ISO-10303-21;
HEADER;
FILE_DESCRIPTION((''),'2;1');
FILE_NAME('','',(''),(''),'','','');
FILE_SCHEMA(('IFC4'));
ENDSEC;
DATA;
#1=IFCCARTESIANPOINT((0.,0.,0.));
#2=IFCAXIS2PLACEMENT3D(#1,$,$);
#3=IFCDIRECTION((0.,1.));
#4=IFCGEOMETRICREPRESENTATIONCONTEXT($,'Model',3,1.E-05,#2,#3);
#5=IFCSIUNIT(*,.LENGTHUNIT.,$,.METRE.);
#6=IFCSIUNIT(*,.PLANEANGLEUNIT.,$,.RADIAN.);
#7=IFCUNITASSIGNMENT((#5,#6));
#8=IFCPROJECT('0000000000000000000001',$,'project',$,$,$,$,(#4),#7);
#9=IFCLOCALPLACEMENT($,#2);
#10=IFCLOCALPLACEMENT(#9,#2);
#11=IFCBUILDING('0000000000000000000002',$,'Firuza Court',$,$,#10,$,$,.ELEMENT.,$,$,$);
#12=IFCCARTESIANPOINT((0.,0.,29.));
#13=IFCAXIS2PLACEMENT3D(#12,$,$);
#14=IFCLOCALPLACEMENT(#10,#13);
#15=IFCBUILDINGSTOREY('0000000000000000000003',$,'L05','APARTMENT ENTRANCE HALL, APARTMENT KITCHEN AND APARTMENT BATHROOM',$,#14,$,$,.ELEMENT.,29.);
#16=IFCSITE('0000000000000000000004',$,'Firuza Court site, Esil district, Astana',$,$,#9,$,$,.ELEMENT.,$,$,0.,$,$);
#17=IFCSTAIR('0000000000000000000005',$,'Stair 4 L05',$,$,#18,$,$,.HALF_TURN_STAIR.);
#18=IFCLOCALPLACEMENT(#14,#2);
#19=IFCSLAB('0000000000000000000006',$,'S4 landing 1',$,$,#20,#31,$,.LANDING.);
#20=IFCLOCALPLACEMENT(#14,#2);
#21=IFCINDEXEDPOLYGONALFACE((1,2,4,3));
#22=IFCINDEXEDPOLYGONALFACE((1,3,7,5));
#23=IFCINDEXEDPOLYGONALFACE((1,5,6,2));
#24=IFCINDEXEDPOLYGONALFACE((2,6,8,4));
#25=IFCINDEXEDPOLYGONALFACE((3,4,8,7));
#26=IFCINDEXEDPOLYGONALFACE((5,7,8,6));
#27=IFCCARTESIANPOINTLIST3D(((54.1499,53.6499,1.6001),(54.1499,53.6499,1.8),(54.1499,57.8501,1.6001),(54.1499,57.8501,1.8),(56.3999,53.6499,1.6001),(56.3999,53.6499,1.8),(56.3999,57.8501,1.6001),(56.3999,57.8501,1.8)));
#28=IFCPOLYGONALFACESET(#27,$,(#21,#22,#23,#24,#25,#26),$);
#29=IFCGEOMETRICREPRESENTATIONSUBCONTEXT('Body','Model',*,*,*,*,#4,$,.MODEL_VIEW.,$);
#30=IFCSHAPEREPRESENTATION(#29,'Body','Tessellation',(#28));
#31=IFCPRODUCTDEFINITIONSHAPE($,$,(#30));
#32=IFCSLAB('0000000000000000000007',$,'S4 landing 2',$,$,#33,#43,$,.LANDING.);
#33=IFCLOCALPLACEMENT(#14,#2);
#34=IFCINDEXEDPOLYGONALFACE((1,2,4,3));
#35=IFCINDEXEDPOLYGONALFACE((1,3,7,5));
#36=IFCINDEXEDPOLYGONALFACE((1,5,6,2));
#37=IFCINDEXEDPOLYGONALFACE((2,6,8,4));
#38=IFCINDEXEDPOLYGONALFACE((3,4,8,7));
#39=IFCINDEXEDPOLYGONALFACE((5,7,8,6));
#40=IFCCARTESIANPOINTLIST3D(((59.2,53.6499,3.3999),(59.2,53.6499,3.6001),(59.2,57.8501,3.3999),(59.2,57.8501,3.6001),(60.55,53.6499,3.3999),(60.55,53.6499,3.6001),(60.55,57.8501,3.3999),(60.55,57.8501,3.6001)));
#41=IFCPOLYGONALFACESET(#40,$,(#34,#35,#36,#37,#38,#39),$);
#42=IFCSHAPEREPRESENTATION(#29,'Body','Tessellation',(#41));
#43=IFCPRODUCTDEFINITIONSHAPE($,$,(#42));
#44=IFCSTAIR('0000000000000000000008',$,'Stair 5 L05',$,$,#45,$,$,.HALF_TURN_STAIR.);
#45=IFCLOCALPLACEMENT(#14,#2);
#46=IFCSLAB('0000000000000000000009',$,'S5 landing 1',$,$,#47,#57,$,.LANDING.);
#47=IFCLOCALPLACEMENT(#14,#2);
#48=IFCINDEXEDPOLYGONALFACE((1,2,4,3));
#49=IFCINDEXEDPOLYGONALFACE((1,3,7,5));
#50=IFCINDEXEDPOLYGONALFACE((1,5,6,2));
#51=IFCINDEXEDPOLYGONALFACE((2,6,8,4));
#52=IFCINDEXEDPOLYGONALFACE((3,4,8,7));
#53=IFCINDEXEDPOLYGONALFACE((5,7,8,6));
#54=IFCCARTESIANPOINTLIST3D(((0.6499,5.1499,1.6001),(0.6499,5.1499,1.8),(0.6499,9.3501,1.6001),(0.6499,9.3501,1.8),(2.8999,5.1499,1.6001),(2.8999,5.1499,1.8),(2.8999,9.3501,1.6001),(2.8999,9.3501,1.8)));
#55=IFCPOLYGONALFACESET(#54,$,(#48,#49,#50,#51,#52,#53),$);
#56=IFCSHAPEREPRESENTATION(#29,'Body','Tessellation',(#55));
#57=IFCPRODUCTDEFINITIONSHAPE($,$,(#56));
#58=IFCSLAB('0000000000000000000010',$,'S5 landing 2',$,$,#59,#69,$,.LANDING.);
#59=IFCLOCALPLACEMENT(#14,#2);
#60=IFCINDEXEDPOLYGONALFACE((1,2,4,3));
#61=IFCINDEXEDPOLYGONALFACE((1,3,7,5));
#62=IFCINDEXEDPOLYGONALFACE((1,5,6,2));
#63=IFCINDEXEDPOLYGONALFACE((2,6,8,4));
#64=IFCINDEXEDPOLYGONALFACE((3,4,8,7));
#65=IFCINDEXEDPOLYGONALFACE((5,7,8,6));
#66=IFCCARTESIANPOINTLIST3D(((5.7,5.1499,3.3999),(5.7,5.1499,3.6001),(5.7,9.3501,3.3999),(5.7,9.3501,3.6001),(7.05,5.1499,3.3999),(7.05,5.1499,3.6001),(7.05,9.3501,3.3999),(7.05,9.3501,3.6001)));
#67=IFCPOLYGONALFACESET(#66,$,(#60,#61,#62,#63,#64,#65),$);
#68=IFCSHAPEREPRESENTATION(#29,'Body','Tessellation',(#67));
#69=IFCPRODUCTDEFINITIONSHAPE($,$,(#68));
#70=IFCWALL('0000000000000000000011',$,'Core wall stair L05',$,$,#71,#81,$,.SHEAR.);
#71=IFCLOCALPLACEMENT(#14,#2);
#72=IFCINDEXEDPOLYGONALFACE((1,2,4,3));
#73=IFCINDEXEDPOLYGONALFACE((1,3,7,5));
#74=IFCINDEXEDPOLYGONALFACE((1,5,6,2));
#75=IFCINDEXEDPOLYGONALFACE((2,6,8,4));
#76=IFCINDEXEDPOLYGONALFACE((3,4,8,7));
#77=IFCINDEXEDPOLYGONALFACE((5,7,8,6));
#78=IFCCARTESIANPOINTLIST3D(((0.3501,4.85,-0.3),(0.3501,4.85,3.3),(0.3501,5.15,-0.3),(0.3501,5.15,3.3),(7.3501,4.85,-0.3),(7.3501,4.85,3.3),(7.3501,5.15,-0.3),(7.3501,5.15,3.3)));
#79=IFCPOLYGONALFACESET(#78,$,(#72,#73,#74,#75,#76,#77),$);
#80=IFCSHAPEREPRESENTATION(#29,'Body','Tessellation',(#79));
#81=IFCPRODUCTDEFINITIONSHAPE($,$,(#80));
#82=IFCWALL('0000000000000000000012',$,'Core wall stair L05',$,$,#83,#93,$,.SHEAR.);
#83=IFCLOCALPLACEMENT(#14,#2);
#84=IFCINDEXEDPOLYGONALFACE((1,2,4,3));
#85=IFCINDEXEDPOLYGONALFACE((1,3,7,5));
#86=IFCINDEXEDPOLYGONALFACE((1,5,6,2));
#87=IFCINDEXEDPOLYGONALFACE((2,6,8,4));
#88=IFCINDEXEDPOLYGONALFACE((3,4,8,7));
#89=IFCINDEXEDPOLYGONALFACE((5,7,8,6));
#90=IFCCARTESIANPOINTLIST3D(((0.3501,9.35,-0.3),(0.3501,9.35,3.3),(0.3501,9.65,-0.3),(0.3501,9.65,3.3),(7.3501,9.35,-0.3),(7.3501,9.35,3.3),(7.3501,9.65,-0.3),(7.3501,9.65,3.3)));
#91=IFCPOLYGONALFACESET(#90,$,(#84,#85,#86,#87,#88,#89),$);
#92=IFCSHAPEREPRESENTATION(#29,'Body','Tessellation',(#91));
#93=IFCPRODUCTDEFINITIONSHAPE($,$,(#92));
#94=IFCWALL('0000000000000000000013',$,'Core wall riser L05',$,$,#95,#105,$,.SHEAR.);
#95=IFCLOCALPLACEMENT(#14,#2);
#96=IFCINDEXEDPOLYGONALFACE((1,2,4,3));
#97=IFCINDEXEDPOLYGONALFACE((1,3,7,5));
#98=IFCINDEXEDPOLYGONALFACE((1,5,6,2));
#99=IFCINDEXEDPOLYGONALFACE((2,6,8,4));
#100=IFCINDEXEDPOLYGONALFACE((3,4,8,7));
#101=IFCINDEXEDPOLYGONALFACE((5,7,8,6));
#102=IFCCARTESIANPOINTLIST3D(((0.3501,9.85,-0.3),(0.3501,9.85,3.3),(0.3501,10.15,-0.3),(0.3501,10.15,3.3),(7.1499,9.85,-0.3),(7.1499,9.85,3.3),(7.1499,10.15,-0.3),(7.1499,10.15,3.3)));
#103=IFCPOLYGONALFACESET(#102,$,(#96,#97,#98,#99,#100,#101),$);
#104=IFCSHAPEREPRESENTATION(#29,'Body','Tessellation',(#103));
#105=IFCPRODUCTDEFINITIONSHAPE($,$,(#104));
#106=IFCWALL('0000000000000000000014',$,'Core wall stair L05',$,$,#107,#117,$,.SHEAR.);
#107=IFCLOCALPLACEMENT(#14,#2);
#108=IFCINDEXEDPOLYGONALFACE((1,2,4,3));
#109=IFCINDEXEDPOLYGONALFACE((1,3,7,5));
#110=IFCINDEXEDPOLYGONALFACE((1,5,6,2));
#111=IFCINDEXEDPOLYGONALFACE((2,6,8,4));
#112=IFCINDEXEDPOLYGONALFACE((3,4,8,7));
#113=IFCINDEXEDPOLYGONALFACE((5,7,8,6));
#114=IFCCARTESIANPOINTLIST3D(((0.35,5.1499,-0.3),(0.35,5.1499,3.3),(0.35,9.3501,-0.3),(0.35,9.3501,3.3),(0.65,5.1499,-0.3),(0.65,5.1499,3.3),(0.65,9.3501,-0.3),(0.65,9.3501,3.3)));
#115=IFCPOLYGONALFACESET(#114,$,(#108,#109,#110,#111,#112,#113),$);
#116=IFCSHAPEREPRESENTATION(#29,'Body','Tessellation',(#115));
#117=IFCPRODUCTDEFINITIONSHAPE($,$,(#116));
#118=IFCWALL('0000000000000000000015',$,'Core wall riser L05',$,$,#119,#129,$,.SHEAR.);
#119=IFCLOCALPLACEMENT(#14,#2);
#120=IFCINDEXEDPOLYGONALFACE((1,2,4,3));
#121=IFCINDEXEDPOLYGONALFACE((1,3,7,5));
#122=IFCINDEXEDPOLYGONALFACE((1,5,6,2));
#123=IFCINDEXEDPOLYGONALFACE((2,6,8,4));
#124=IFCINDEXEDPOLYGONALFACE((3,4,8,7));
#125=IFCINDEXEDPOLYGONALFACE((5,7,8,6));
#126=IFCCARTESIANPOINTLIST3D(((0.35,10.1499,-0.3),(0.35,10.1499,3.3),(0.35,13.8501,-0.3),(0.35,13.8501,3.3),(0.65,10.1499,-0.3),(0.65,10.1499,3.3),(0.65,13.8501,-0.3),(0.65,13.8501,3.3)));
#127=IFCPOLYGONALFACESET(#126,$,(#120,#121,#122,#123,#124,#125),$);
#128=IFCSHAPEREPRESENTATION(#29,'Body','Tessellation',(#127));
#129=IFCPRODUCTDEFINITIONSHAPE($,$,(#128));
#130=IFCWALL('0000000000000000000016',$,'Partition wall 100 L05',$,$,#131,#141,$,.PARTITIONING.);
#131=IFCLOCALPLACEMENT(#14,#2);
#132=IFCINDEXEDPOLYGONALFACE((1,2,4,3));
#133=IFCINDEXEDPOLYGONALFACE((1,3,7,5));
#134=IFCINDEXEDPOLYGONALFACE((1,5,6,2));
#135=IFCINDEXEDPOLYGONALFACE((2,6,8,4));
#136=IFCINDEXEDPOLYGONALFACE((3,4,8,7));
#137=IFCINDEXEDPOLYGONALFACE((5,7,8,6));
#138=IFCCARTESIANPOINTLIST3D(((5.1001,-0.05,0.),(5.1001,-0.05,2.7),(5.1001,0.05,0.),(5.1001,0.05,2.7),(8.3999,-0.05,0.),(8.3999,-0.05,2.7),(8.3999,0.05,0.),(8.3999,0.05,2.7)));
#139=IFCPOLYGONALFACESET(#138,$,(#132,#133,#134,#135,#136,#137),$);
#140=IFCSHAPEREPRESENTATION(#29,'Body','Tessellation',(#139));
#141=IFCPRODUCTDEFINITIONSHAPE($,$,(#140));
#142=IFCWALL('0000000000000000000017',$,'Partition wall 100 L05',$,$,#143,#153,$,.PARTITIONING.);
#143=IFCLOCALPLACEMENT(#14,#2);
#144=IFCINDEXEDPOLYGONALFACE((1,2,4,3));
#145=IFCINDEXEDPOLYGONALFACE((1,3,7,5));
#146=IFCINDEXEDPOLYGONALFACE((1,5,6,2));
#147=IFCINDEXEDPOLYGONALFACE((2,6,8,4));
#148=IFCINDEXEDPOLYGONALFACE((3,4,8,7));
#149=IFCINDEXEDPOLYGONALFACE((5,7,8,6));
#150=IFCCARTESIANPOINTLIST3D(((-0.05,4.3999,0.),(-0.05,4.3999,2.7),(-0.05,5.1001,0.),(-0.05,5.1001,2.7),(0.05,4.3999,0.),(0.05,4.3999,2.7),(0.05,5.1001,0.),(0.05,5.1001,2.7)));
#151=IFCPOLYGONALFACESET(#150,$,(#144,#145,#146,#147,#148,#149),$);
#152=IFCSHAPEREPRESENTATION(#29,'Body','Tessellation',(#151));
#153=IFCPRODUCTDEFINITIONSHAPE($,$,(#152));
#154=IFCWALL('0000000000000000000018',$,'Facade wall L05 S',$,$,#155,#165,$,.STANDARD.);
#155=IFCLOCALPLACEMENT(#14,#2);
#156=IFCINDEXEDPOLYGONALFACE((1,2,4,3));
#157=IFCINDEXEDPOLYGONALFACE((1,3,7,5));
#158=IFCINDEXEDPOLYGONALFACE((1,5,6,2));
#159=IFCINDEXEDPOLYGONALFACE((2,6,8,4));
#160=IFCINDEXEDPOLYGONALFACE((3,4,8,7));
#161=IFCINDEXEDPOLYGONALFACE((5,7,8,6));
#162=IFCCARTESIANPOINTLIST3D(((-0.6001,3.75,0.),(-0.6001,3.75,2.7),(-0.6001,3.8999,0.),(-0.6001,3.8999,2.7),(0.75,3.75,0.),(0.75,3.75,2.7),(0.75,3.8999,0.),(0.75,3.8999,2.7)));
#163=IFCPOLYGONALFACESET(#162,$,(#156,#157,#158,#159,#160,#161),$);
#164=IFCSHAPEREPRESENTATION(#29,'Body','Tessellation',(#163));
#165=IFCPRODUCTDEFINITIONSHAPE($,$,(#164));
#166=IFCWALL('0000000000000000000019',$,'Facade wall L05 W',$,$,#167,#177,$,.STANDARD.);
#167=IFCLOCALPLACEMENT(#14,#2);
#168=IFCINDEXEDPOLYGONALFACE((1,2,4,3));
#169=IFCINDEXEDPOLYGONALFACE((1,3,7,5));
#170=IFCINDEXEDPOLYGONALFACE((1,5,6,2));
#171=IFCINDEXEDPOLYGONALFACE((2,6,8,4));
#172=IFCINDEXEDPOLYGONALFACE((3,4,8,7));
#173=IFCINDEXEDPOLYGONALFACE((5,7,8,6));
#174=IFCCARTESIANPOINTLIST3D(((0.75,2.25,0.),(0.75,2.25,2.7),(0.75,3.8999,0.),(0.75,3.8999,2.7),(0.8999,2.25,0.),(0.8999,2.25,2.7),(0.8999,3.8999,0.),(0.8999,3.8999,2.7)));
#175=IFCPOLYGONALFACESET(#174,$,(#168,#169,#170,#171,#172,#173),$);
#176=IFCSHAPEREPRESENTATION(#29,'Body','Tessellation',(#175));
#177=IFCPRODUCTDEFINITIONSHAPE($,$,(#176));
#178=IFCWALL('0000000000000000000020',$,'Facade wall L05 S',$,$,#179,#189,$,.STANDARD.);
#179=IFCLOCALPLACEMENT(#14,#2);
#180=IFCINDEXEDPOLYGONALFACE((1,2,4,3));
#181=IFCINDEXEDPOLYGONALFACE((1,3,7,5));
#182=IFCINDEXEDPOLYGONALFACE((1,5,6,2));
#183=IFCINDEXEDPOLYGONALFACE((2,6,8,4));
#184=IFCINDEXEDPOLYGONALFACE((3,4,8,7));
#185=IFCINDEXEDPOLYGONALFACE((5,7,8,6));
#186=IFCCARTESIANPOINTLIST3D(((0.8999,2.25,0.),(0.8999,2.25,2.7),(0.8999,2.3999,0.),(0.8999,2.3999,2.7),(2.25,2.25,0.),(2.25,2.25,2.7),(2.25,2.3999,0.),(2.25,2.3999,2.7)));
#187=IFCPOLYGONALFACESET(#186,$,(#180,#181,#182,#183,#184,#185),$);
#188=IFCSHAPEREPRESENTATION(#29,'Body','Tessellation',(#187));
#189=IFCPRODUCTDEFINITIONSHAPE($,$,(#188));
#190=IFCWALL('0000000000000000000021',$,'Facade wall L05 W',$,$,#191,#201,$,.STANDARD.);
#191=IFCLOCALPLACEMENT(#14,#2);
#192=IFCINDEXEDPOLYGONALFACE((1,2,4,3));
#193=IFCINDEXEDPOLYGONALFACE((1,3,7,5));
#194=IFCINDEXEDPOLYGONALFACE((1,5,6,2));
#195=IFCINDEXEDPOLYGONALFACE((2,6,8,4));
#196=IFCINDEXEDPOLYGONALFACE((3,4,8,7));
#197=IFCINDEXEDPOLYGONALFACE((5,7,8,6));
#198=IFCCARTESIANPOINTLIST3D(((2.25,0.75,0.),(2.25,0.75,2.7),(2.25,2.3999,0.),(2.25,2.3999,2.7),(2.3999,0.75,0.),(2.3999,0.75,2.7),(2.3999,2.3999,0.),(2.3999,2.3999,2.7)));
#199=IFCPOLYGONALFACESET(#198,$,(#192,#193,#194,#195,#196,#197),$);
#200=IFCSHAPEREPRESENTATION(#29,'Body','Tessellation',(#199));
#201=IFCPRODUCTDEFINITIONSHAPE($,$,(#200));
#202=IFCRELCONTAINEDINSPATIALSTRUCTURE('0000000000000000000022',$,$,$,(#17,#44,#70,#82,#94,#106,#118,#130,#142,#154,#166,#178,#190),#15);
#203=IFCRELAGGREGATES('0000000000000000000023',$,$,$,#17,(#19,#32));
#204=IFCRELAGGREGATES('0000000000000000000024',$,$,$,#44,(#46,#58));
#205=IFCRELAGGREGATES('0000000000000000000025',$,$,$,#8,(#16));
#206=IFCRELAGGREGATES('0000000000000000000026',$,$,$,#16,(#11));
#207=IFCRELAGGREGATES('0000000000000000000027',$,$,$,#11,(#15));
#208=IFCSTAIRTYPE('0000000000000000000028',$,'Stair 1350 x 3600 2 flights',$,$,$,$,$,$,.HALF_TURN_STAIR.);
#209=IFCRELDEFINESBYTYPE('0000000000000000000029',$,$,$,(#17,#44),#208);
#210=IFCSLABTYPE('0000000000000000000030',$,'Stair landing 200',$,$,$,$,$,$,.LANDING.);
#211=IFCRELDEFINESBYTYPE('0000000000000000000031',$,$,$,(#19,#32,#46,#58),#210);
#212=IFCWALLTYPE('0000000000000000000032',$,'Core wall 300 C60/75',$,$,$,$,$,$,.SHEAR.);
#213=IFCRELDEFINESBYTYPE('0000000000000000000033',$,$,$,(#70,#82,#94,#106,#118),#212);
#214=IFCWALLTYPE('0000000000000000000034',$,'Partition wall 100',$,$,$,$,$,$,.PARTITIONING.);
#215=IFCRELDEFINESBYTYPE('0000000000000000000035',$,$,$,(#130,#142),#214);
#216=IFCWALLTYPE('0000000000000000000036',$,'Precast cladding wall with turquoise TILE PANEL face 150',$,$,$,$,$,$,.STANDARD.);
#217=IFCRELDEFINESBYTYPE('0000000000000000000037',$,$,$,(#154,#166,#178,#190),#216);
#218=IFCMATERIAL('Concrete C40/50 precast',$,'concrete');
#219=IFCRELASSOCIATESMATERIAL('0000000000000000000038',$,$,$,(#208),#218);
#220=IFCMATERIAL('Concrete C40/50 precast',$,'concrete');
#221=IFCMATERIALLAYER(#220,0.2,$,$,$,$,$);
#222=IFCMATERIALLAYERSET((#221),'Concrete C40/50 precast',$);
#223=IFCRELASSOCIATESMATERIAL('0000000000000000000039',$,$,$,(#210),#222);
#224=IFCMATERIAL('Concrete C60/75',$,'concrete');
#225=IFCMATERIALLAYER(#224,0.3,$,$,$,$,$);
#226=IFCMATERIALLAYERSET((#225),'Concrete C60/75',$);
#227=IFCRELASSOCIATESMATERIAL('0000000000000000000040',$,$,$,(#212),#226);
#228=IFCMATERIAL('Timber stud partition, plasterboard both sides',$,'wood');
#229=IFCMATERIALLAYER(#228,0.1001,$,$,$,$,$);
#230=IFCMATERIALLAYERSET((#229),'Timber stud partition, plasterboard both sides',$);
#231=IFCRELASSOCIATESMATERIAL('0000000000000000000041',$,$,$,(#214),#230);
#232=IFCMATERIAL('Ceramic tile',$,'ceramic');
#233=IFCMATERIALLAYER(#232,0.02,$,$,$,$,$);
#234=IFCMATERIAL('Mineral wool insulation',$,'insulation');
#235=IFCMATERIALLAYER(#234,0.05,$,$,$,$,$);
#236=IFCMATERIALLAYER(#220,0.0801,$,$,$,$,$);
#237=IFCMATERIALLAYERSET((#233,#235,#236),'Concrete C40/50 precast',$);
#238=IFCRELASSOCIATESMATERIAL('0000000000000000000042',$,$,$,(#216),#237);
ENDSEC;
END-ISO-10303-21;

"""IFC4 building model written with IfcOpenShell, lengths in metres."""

from ifc_helpers import new_model, si_unit, direction, frame, frame_2d, origin, place, context, subcontext, project, spatial, polyline, rectangle, outline, extrude, material, layer, layer_set, type_object, element, aggregate, save


model = new_model("IFC4")

# Units and contexts
model_context = context("Model", 3, precision=1e-05, world=origin(), true_north=direction((0.0, 1.0)))
body_context = subcontext(model_context, "Body", "Model", "MODEL_VIEW")
ifc_project = project(units=[si_unit("LENGTHUNIT", "METRE"), si_unit("PLANEANGLEUNIT", "RADIAN")], contexts=[model_context])

# Site, building, storey
site_placement = place(None, origin())
site = spatial("IfcSite", under=ifc_project, at=site_placement, Name="Firuza Court site, Esil district, Astana", CompositionType="ELEMENT", RefElevation=0.0)
building_placement = place(site_placement, origin())
building = spatial("IfcBuilding", under=site, at=building_placement, Name="Firuza Court", CompositionType="ELEMENT")
storey_placement = place(building_placement, frame((0.0, 0.0, 29.0)))
storey = spatial("IfcBuildingStorey", under=building, at=storey_placement, Name="L05", Description="APARTMENT ENTRANCE HALL, APARTMENT KITCHEN AND APARTMENT BATHROOM", CompositionType="ELEMENT", Elevation=29.0)

# Stairs, slabs
ifc_material_1 = material(Name="Concrete C40/50 precast", Category="concrete")
stair_type = type_object("IfcStairType", Name="Stair 1350 x 3600 2 flights", PredefinedType="HALF_TURN_STAIR", material=ifc_material_1)
ifc_material_2 = material(Name="Concrete C40/50 precast", Category="concrete")
ifc_layer_1 = layer(ifc_material_2, 0.2)
ifc_layer_set_1 = layer_set([ifc_layer_1], Name="Concrete C40/50 precast")
slab_type_1 = type_object("IfcSlabType", Name="Stair landing 200", PredefinedType="LANDING", material=ifc_layer_set_1)
stair_1_placement = place(storey_placement, origin())
stair_1 = element("IfcStair", 1, at=stair_1_placement, inside=storey, type_object=stair_type, Name="Stair 4 L05", PredefinedType="HALF_TURN_STAIR")
slab_1_placement = place(storey_placement, frame((0.0, 0.0, 1.6001)))
slab_1 = element("IfcSlab", 2, at=slab_1_placement, type_object=slab_type_1, Name="S4 landing 1", PredefinedType="LANDING", context=body_context, shape_type="SweptSolid", body=[
    extrude(outline(polyline([(56.3999, 53.6499), (56.3999, 57.8501), (54.1499, 57.8501), (54.1499, 53.6499), (56.3999, 53.6499)])), origin(), (0.0, 0.0, 1.0), 0.2),
])
slab_2_placement = place(storey_placement, frame((0.0, 0.0, 3.3999)))
slab_2 = element("IfcSlab", 3, at=slab_2_placement, type_object=slab_type_1, Name="S4 landing 2", PredefinedType="LANDING", context=body_context, shape_type="SweptSolid", body=[
    extrude(outline(polyline([(60.55, 53.6499), (60.55, 57.8501), (59.2, 57.8501), (59.2, 53.6499), (60.55, 53.6499)])), origin(), (0.0, 0.0, 1.0), 0.2002),
])
aggregate(stair_1, [slab_1, slab_2])
stair_2_placement = place(storey_placement, origin())
stair_2 = element("IfcStair", 4, at=stair_2_placement, inside=storey, type_object=stair_type, Name="Stair 5 L05", PredefinedType="HALF_TURN_STAIR")
slab_3_placement = place(storey_placement, frame((0.0, 0.0, 1.6001)))
slab_3 = element("IfcSlab", 5, at=slab_3_placement, type_object=slab_type_1, Name="S5 landing 1", PredefinedType="LANDING", context=body_context, shape_type="SweptSolid", body=[
    extrude(outline(polyline([(2.8999, 5.1499), (2.8999, 9.3501), (0.6499, 9.3501), (0.6499, 5.1499), (2.8999, 5.1499)])), origin(), (0.0, 0.0, 1.0), 0.2),
])
slab_4_placement = place(storey_placement, frame((0.0, 0.0, 3.3999)))
slab_4 = element("IfcSlab", 6, at=slab_4_placement, type_object=slab_type_1, Name="S5 landing 2", PredefinedType="LANDING", context=body_context, shape_type="SweptSolid", body=[
    extrude(outline(polyline([(7.05, 5.1499), (7.05, 9.3501), (5.7, 9.3501), (5.7, 5.1499), (7.05, 5.1499)])), origin(), (0.0, 0.0, 1.0), 0.2002),
])

# Walls
ifc_material_3 = material(Name="Concrete C60/75", Category="concrete")
ifc_layer_2 = layer(ifc_material_3, 0.3)
ifc_layer_set_2 = layer_set([ifc_layer_2], Name="Concrete C60/75")
wall_type_1 = type_object("IfcWallType", Name="Core wall 300 C60/75", PredefinedType="SHEAR", material=ifc_layer_set_2)
for number, where, z_axis, x_axis, name in (
    (7, (0.3501, 5.0, -0.3), (0.0, 0.0, 1.0), (1.0, 0.0, 0.0), "Core wall stair L05"),
    (8, (0.3501, 9.5, -0.3), (0.0, 0.0, 1.0), (1.0, 0.0, 0.0), "Core wall stair L05"),
):
    element("IfcWall", number, at=place(storey_placement, frame(where, z_axis=z_axis, x_axis=x_axis)), inside=storey, type_object=wall_type_1, Name=name, PredefinedType="SHEAR", context=body_context, shape_type="SweptSolid", body=[
        extrude(rectangle(XDim=7.0, YDim=0.3, at=frame_2d((3.5, 0.0))), origin(), (0.0, 0.0, 1.0), 3.6001),
    ])
wall_1_placement = place(storey_placement, frame((0.3501, 10.0, -0.3), z_axis=(0.0, 0.0, 1.0), x_axis=(1.0, 0.0, 0.0)))
element("IfcWall", 9, at=wall_1_placement, inside=storey, type_object=wall_type_1, Name="Core wall riser L05", PredefinedType="SHEAR", context=body_context, shape_type="SweptSolid", body=[
    extrude(rectangle(XDim=6.7998, YDim=0.3, at=frame_2d((3.3999, 0.0))), origin(), (0.0, 0.0, 1.0), 3.6001),
])
wall_2_placement = place(storey_placement, frame((0.5, 5.1499, -0.3), z_axis=(0.0, 0.0, 1.0), x_axis=(0.0, 1.0, 0.0)))
element("IfcWall", 10, at=wall_2_placement, inside=storey, type_object=wall_type_1, Name="Core wall stair L05", PredefinedType="SHEAR", context=body_context, shape_type="SweptSolid", body=[
    extrude(rectangle(XDim=4.2002, YDim=0.3, at=frame_2d((2.1001, 0.0))), origin(), (0.0, 0.0, 1.0), 3.6001),
])
wall_3_placement = place(storey_placement, frame((0.5, 10.1499, -0.3), z_axis=(0.0, 0.0, 1.0), x_axis=(0.0, 1.0, 0.0)))
element("IfcWall", 11, at=wall_3_placement, inside=storey, type_object=wall_type_1, Name="Core wall riser L05", PredefinedType="SHEAR", context=body_context, shape_type="SweptSolid", body=[
    extrude(rectangle(XDim=3.7002, YDim=0.3, at=frame_2d((1.8501, 0.0))), origin(), (0.0, 0.0, 1.0), 3.6001),
])
ifc_material_4 = material(Name="Timber stud partition, plasterboard both sides", Category="wood")
ifc_layer_3 = layer(ifc_material_4, 0.1001)
ifc_layer_set_3 = layer_set([ifc_layer_3], Name="Timber stud partition, plasterboard both sides")
wall_type_2 = type_object("IfcWallType", Name="Partition wall 100", PredefinedType="PARTITIONING", material=ifc_layer_set_3)
wall_4_placement = place(storey_placement, frame((5.1001, 0.0, 0.0), z_axis=(0.0, 0.0, 1.0), x_axis=(1.0, 0.0, 0.0)))
element("IfcWall", 12, at=wall_4_placement, inside=storey, type_object=wall_type_2, Name="Partition wall 100 L05", PredefinedType="PARTITIONING", context=body_context, shape_type="SweptSolid", body=[
    extrude(rectangle(XDim=3.2998, YDim=0.1001, at=frame_2d((1.6499, 0.0))), origin(), (0.0, 0.0, 1.0), 2.7),
])
wall_5_placement = place(storey_placement, frame((0.0, 4.3999, 0.0), z_axis=(0.0, 0.0, 1.0), x_axis=(0.0, 1.0, 0.0)))
element("IfcWall", 13, at=wall_5_placement, inside=storey, type_object=wall_type_2, Name="Partition wall 100 L05", PredefinedType="PARTITIONING", context=body_context, shape_type="SweptSolid", body=[
    extrude(rectangle(XDim=0.7002, YDim=0.1001, at=frame_2d((0.3501, 0.0))), origin(), (0.0, 0.0, 1.0), 2.7),
])
ifc_material_5 = material(Name="Ceramic tile", Category="ceramic")
ifc_layer_4 = layer(ifc_material_5, 0.02)
ifc_material_6 = material(Name="Mineral wool insulation", Category="insulation")
ifc_layer_5 = layer(ifc_material_6, 0.05)
ifc_layer_6 = layer(ifc_material_2, 0.0801)
ifc_layer_set_4 = layer_set([ifc_layer_4, ifc_layer_5, ifc_layer_6], Name="Concrete C40/50 precast")
wall_type_3 = type_object("IfcWallType", Name="Precast cladding wall with turquoise TILE PANEL face 150", PredefinedType="STANDARD", material=ifc_layer_set_4)
wall_6_placement = place(storey_placement, frame((-0.6001, 3.825, 0.0), z_axis=(0.0, 0.0, 1.0), x_axis=(1.0, 0.0, 0.0)))
element("IfcWall", 14, at=wall_6_placement, inside=storey, type_object=wall_type_3, Name="Facade wall L05 S", PredefinedType="STANDARD", context=body_context, shape_type="SweptSolid", body=[
    extrude(rectangle(XDim=1.3501, YDim=0.1499, at=frame_2d((0.675, 0.0))), origin(), (0.0, 0.0, 1.0), 2.7),
])
wall_7_placement = place(storey_placement, frame((0.825, 3.8999, 0.0), z_axis=(0.0, 0.0, 1.0), x_axis=(0.0, -1.0, 0.0)))
element("IfcWall", 15, at=wall_7_placement, inside=storey, type_object=wall_type_3, Name="Facade wall L05 W", PredefinedType="STANDARD", context=body_context, shape_type="SweptSolid", body=[
    extrude(rectangle(XDim=1.6499, YDim=0.1499, at=frame_2d((0.825, 0.0))), origin(), (0.0, 0.0, 1.0), 2.7),
])
wall_8_placement = place(storey_placement, frame((0.8999, 2.325, 0.0), z_axis=(0.0, 0.0, 1.0), x_axis=(1.0, 0.0, 0.0)))
element("IfcWall", 16, at=wall_8_placement, inside=storey, type_object=wall_type_3, Name="Facade wall L05 S", PredefinedType="STANDARD", context=body_context, shape_type="SweptSolid", body=[
    extrude(rectangle(XDim=1.3501, YDim=0.1499, at=frame_2d((0.675, 0.0))), origin(), (0.0, 0.0, 1.0), 2.7),
])
wall_9_placement = place(storey_placement, frame((2.325, 2.3999, 0.0), z_axis=(0.0, 0.0, 1.0), x_axis=(0.0, -1.0, 0.0)))
element("IfcWall", 17, at=wall_9_placement, inside=storey, type_object=wall_type_3, Name="Facade wall L05 W", PredefinedType="STANDARD", context=body_context, shape_type="SweptSolid", body=[
    extrude(rectangle(XDim=1.6499, YDim=0.1499, at=frame_2d((0.825, 0.0))), origin(), (0.0, 0.0, 1.0), 2.7),
])

aggregate(stair_2, [slab_3, slab_4])

save(model, "model.ifc")
